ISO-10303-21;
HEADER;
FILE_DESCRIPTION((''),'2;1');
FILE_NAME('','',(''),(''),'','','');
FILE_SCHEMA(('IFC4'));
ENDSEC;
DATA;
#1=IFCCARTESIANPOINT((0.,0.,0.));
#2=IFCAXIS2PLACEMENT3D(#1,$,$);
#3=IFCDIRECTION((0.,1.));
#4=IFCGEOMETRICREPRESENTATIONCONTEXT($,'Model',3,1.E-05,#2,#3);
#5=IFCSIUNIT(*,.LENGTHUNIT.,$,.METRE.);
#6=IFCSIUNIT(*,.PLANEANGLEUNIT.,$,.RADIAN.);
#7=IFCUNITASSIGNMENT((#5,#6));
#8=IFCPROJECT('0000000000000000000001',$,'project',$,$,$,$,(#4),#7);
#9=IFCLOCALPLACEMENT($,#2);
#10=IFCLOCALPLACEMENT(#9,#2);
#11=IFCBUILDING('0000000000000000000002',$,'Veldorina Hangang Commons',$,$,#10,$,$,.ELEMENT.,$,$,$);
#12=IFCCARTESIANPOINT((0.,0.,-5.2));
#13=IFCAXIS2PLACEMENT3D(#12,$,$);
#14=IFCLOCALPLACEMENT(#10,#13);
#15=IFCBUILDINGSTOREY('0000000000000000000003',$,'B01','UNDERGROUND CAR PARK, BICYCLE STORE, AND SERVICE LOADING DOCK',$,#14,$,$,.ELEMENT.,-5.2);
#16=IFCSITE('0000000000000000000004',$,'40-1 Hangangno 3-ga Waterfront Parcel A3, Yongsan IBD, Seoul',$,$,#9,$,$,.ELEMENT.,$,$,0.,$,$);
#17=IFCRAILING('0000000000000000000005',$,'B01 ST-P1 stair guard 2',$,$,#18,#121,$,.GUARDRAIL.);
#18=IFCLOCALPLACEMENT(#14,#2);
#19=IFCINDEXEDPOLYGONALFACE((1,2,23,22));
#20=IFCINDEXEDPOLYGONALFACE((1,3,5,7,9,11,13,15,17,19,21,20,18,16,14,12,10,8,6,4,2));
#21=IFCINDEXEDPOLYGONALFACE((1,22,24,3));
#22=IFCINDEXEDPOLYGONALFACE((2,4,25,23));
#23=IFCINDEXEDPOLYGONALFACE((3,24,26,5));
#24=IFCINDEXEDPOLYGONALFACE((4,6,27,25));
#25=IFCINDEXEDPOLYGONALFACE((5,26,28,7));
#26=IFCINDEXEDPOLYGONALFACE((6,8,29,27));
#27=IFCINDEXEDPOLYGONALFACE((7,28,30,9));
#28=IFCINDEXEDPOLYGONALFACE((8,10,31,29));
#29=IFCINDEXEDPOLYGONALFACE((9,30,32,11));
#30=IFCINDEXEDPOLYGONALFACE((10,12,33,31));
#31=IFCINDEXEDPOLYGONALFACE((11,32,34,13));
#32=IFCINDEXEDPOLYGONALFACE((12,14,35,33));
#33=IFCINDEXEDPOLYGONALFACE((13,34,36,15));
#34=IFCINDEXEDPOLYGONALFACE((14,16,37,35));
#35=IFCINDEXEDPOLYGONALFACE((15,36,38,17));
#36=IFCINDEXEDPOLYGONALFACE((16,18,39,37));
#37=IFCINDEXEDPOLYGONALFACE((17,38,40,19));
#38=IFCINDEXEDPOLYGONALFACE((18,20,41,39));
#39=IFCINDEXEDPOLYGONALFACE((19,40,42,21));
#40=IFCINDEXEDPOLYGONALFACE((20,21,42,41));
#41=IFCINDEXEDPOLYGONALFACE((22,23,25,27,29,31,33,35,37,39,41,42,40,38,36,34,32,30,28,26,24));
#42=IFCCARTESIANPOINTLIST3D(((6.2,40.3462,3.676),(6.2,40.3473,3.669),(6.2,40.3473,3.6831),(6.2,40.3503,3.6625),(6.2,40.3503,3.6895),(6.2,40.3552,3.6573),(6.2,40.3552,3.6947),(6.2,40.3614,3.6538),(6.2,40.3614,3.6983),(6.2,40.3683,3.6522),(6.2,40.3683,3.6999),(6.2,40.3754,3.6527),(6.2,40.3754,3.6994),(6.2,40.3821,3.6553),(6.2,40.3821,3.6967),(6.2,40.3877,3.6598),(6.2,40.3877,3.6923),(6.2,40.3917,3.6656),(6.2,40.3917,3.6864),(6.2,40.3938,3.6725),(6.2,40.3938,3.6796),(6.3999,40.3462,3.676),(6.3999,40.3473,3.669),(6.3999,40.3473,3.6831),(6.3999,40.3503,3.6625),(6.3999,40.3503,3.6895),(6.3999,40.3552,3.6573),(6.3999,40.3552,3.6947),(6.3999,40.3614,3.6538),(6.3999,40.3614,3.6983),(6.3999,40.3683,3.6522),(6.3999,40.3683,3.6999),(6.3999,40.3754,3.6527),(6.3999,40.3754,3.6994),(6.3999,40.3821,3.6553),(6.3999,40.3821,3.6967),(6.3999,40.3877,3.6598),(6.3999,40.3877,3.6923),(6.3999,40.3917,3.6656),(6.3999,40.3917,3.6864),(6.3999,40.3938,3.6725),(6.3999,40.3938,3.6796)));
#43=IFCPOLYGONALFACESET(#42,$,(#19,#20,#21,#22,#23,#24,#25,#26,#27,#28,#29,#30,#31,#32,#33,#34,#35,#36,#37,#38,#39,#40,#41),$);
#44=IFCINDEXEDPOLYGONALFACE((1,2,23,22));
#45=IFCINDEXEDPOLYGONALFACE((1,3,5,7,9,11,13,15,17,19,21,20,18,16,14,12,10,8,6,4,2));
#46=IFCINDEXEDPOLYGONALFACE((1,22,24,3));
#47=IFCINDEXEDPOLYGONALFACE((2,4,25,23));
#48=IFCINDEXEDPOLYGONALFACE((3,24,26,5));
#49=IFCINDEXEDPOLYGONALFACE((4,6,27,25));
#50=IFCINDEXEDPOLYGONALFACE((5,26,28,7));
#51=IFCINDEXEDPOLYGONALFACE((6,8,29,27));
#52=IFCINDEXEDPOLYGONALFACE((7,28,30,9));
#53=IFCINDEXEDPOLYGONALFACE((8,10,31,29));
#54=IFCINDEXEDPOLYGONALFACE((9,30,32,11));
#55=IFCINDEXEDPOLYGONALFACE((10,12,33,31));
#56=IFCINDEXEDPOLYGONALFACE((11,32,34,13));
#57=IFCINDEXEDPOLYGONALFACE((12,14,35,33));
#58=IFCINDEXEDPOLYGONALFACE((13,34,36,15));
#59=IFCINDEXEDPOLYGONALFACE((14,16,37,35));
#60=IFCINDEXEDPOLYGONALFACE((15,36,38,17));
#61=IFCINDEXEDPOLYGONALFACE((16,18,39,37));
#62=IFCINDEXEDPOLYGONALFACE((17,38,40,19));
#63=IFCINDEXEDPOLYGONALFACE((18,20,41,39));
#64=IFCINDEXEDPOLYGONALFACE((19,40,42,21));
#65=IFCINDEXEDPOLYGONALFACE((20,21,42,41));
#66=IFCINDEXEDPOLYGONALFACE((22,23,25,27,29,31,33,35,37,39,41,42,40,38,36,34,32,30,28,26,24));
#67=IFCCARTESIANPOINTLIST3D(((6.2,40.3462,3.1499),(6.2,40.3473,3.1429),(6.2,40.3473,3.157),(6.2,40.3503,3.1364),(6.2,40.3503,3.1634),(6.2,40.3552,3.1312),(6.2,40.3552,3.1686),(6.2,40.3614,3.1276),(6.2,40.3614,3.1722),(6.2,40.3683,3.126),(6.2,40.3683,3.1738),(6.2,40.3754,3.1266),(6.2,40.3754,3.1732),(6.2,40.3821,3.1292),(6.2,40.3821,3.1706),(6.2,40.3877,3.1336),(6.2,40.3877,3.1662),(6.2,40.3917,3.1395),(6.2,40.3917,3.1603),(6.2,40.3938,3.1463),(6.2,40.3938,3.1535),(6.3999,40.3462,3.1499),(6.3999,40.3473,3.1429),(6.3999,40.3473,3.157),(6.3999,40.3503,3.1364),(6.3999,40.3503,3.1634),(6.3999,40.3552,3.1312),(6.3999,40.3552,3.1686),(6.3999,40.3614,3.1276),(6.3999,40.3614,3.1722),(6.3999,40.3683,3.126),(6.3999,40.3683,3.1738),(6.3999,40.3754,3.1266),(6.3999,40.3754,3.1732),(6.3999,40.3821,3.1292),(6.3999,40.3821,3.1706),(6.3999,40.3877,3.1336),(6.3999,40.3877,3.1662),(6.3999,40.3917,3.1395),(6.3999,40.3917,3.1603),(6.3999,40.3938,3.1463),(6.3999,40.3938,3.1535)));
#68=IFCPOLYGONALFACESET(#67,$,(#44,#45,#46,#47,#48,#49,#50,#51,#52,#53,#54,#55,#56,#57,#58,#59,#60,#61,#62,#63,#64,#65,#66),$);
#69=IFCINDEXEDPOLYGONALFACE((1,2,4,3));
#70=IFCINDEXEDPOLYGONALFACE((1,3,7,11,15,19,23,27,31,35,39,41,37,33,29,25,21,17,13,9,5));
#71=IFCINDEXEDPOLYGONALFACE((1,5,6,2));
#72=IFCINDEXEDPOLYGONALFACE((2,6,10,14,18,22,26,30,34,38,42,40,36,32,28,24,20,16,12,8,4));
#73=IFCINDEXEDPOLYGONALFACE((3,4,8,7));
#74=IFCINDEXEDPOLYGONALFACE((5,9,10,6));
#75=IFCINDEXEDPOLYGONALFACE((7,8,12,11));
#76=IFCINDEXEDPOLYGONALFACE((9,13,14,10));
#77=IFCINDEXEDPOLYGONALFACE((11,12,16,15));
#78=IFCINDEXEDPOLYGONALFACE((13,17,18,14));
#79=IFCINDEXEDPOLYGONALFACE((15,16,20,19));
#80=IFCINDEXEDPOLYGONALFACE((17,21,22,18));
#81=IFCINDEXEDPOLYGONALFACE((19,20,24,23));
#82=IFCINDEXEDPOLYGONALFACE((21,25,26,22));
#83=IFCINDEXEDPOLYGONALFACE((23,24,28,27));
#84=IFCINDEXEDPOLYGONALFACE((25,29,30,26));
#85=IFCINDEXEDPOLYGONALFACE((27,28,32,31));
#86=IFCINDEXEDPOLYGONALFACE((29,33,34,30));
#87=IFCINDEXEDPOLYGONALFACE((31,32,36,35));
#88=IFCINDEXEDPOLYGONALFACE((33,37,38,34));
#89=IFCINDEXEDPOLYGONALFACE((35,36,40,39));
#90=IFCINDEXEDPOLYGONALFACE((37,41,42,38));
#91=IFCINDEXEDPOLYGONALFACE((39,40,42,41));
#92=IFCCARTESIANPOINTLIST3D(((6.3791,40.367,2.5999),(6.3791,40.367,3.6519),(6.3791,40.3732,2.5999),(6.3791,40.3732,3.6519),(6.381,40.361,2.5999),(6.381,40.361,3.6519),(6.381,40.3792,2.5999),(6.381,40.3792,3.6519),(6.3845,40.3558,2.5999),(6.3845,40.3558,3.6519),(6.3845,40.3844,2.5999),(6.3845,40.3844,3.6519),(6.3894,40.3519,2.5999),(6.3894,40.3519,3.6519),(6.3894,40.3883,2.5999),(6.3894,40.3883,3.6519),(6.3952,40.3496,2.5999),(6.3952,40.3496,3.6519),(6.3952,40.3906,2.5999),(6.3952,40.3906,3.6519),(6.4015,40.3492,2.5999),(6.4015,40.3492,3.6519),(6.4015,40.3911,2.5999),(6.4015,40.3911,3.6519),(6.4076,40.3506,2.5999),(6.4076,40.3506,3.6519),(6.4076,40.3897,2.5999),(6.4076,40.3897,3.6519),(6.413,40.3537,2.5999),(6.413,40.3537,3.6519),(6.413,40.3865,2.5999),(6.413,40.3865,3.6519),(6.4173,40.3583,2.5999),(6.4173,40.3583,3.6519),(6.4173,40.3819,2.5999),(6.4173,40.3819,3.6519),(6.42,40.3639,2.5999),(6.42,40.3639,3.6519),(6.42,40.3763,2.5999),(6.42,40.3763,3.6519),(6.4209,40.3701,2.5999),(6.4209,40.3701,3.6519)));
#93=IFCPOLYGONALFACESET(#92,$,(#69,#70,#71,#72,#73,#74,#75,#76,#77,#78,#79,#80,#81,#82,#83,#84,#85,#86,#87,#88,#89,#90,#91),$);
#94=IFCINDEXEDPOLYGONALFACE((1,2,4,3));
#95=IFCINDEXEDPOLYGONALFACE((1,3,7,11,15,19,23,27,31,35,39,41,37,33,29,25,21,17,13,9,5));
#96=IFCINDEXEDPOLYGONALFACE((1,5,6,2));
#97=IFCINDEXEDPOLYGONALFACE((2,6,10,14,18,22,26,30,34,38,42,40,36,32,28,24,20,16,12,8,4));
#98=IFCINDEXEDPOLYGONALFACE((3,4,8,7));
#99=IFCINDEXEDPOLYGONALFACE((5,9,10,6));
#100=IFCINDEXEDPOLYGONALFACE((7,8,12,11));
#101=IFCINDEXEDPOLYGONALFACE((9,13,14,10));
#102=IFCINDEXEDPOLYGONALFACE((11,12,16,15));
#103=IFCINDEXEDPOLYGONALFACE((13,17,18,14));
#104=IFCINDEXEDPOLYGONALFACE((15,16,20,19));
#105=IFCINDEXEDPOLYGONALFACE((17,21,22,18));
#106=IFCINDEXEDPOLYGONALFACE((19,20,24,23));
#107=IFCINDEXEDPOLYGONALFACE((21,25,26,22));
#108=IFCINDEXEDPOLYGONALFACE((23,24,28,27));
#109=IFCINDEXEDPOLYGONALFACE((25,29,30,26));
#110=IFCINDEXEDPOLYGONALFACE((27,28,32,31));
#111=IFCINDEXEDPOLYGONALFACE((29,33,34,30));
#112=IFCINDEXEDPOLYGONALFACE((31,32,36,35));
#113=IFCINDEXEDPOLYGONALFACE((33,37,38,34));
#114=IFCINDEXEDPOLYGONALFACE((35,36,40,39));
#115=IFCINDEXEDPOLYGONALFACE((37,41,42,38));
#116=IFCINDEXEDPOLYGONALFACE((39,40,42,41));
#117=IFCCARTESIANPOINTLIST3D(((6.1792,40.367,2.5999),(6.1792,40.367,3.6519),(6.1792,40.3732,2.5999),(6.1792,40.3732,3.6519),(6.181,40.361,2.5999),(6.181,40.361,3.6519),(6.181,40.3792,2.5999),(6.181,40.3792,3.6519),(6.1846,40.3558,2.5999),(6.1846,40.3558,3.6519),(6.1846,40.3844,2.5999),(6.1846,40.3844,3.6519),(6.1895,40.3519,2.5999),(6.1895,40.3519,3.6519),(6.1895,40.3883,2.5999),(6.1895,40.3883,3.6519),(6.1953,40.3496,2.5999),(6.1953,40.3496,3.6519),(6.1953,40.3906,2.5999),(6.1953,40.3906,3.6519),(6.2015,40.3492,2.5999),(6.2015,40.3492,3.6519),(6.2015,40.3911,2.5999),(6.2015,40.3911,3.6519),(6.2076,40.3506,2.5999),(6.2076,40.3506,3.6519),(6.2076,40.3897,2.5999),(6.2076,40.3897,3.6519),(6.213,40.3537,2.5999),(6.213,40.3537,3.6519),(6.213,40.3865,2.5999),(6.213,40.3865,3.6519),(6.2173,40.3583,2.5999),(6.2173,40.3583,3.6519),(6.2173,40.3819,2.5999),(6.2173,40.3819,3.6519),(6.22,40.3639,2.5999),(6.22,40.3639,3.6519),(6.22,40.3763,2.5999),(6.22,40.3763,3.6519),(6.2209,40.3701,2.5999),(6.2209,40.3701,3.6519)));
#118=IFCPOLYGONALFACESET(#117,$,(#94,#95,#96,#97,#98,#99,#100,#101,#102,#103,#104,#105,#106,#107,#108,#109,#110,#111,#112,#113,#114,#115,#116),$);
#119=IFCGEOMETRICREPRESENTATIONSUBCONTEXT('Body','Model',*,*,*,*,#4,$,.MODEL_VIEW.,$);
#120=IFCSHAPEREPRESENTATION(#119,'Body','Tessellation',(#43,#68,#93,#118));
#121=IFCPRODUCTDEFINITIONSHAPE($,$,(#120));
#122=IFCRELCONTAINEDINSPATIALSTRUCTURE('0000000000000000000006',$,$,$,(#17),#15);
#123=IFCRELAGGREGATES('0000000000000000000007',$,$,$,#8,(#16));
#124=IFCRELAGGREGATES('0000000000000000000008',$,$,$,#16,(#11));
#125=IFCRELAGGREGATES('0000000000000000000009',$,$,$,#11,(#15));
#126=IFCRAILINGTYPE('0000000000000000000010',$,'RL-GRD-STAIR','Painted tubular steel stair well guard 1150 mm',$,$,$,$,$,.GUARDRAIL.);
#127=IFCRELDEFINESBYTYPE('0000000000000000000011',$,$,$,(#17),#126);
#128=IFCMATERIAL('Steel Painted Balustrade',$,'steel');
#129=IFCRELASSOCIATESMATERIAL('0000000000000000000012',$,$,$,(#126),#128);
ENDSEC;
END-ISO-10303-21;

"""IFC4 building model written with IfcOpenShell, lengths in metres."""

from ifc_helpers import new_model, si_unit, direction, frame, origin, origin_2d, place, context, subcontext, project, spatial, circle, extrude, material, type_object, element, save


model = new_model("IFC4")

# Units and contexts
model_context = context("Model", 3, precision=1e-05, world=origin(), true_north=direction((0.0, 1.0)))
body_context = subcontext(model_context, "Body", "Model", "MODEL_VIEW")
ifc_project = project(units=[si_unit("LENGTHUNIT", "METRE"), si_unit("PLANEANGLEUNIT", "RADIAN")], contexts=[model_context])

# Site, building, storey
site_placement = place(None, origin())
site = spatial("IfcSite", under=ifc_project, at=site_placement, Name="40-1 Hangangno 3-ga Waterfront Parcel A3, Yongsan IBD, Seoul", CompositionType="ELEMENT", RefElevation=0.0)
building_placement = place(site_placement, origin())
building = spatial("IfcBuilding", under=site, at=building_placement, Name="Veldorina Hangang Commons", CompositionType="ELEMENT")
storey_placement = place(building_placement, frame((0.0, 0.0, -5.2)))
storey = spatial("IfcBuildingStorey", under=building, at=storey_placement, Name="B01", Description="UNDERGROUND CAR PARK, BICYCLE STORE, AND SERVICE LOADING DOCK", CompositionType="ELEMENT", Elevation=-5.2)

# Railing
ifc_material_1 = material(Name="Steel Painted Balustrade", Category="steel")
railing_type_1 = type_object("IfcRailingType", Name="RL-GRD-STAIR", Description="Painted tubular steel stair well guard 1150 mm", PredefinedType="GUARDRAIL", material=ifc_material_1)
railing_1_placement = place(storey_placement, frame((6.3999, 40.3701, 2.5999)))
element("IfcRailing", 1, at=railing_1_placement, inside=storey, type_object=railing_type_1, Name="B01 ST-P1 stair guard 2", PredefinedType="GUARDRAIL", context=body_context, shape_type="SweptSolid", body=[
    extrude(circle(Radius=0.0239, at=origin_2d()), frame((0.0, 0.0, 1.0762), z_axis=(-1.0, 0.0, 0.0), x_axis=(0.0, -1.0, 0.0)), (0.0, 0.0, 1.0), 0.2),
    extrude(circle(Radius=0.0239, at=origin_2d()), frame((0.0, 0.0, 0.55), z_axis=(-1.0, 0.0, 0.0), x_axis=(0.0, -1.0, 0.0)), (0.0, 0.0, 1.0), 0.2),
    extrude(circle(Radius=0.021, at=origin_2d()), origin(), (0.0, 0.0, 1.0), 1.052),
    extrude(circle(Radius=0.021, at=origin_2d()), frame((-0.2, 0.0, 0.0)), (0.0, 0.0, 1.0), 1.052),
])

save(model, "model.ifc")
